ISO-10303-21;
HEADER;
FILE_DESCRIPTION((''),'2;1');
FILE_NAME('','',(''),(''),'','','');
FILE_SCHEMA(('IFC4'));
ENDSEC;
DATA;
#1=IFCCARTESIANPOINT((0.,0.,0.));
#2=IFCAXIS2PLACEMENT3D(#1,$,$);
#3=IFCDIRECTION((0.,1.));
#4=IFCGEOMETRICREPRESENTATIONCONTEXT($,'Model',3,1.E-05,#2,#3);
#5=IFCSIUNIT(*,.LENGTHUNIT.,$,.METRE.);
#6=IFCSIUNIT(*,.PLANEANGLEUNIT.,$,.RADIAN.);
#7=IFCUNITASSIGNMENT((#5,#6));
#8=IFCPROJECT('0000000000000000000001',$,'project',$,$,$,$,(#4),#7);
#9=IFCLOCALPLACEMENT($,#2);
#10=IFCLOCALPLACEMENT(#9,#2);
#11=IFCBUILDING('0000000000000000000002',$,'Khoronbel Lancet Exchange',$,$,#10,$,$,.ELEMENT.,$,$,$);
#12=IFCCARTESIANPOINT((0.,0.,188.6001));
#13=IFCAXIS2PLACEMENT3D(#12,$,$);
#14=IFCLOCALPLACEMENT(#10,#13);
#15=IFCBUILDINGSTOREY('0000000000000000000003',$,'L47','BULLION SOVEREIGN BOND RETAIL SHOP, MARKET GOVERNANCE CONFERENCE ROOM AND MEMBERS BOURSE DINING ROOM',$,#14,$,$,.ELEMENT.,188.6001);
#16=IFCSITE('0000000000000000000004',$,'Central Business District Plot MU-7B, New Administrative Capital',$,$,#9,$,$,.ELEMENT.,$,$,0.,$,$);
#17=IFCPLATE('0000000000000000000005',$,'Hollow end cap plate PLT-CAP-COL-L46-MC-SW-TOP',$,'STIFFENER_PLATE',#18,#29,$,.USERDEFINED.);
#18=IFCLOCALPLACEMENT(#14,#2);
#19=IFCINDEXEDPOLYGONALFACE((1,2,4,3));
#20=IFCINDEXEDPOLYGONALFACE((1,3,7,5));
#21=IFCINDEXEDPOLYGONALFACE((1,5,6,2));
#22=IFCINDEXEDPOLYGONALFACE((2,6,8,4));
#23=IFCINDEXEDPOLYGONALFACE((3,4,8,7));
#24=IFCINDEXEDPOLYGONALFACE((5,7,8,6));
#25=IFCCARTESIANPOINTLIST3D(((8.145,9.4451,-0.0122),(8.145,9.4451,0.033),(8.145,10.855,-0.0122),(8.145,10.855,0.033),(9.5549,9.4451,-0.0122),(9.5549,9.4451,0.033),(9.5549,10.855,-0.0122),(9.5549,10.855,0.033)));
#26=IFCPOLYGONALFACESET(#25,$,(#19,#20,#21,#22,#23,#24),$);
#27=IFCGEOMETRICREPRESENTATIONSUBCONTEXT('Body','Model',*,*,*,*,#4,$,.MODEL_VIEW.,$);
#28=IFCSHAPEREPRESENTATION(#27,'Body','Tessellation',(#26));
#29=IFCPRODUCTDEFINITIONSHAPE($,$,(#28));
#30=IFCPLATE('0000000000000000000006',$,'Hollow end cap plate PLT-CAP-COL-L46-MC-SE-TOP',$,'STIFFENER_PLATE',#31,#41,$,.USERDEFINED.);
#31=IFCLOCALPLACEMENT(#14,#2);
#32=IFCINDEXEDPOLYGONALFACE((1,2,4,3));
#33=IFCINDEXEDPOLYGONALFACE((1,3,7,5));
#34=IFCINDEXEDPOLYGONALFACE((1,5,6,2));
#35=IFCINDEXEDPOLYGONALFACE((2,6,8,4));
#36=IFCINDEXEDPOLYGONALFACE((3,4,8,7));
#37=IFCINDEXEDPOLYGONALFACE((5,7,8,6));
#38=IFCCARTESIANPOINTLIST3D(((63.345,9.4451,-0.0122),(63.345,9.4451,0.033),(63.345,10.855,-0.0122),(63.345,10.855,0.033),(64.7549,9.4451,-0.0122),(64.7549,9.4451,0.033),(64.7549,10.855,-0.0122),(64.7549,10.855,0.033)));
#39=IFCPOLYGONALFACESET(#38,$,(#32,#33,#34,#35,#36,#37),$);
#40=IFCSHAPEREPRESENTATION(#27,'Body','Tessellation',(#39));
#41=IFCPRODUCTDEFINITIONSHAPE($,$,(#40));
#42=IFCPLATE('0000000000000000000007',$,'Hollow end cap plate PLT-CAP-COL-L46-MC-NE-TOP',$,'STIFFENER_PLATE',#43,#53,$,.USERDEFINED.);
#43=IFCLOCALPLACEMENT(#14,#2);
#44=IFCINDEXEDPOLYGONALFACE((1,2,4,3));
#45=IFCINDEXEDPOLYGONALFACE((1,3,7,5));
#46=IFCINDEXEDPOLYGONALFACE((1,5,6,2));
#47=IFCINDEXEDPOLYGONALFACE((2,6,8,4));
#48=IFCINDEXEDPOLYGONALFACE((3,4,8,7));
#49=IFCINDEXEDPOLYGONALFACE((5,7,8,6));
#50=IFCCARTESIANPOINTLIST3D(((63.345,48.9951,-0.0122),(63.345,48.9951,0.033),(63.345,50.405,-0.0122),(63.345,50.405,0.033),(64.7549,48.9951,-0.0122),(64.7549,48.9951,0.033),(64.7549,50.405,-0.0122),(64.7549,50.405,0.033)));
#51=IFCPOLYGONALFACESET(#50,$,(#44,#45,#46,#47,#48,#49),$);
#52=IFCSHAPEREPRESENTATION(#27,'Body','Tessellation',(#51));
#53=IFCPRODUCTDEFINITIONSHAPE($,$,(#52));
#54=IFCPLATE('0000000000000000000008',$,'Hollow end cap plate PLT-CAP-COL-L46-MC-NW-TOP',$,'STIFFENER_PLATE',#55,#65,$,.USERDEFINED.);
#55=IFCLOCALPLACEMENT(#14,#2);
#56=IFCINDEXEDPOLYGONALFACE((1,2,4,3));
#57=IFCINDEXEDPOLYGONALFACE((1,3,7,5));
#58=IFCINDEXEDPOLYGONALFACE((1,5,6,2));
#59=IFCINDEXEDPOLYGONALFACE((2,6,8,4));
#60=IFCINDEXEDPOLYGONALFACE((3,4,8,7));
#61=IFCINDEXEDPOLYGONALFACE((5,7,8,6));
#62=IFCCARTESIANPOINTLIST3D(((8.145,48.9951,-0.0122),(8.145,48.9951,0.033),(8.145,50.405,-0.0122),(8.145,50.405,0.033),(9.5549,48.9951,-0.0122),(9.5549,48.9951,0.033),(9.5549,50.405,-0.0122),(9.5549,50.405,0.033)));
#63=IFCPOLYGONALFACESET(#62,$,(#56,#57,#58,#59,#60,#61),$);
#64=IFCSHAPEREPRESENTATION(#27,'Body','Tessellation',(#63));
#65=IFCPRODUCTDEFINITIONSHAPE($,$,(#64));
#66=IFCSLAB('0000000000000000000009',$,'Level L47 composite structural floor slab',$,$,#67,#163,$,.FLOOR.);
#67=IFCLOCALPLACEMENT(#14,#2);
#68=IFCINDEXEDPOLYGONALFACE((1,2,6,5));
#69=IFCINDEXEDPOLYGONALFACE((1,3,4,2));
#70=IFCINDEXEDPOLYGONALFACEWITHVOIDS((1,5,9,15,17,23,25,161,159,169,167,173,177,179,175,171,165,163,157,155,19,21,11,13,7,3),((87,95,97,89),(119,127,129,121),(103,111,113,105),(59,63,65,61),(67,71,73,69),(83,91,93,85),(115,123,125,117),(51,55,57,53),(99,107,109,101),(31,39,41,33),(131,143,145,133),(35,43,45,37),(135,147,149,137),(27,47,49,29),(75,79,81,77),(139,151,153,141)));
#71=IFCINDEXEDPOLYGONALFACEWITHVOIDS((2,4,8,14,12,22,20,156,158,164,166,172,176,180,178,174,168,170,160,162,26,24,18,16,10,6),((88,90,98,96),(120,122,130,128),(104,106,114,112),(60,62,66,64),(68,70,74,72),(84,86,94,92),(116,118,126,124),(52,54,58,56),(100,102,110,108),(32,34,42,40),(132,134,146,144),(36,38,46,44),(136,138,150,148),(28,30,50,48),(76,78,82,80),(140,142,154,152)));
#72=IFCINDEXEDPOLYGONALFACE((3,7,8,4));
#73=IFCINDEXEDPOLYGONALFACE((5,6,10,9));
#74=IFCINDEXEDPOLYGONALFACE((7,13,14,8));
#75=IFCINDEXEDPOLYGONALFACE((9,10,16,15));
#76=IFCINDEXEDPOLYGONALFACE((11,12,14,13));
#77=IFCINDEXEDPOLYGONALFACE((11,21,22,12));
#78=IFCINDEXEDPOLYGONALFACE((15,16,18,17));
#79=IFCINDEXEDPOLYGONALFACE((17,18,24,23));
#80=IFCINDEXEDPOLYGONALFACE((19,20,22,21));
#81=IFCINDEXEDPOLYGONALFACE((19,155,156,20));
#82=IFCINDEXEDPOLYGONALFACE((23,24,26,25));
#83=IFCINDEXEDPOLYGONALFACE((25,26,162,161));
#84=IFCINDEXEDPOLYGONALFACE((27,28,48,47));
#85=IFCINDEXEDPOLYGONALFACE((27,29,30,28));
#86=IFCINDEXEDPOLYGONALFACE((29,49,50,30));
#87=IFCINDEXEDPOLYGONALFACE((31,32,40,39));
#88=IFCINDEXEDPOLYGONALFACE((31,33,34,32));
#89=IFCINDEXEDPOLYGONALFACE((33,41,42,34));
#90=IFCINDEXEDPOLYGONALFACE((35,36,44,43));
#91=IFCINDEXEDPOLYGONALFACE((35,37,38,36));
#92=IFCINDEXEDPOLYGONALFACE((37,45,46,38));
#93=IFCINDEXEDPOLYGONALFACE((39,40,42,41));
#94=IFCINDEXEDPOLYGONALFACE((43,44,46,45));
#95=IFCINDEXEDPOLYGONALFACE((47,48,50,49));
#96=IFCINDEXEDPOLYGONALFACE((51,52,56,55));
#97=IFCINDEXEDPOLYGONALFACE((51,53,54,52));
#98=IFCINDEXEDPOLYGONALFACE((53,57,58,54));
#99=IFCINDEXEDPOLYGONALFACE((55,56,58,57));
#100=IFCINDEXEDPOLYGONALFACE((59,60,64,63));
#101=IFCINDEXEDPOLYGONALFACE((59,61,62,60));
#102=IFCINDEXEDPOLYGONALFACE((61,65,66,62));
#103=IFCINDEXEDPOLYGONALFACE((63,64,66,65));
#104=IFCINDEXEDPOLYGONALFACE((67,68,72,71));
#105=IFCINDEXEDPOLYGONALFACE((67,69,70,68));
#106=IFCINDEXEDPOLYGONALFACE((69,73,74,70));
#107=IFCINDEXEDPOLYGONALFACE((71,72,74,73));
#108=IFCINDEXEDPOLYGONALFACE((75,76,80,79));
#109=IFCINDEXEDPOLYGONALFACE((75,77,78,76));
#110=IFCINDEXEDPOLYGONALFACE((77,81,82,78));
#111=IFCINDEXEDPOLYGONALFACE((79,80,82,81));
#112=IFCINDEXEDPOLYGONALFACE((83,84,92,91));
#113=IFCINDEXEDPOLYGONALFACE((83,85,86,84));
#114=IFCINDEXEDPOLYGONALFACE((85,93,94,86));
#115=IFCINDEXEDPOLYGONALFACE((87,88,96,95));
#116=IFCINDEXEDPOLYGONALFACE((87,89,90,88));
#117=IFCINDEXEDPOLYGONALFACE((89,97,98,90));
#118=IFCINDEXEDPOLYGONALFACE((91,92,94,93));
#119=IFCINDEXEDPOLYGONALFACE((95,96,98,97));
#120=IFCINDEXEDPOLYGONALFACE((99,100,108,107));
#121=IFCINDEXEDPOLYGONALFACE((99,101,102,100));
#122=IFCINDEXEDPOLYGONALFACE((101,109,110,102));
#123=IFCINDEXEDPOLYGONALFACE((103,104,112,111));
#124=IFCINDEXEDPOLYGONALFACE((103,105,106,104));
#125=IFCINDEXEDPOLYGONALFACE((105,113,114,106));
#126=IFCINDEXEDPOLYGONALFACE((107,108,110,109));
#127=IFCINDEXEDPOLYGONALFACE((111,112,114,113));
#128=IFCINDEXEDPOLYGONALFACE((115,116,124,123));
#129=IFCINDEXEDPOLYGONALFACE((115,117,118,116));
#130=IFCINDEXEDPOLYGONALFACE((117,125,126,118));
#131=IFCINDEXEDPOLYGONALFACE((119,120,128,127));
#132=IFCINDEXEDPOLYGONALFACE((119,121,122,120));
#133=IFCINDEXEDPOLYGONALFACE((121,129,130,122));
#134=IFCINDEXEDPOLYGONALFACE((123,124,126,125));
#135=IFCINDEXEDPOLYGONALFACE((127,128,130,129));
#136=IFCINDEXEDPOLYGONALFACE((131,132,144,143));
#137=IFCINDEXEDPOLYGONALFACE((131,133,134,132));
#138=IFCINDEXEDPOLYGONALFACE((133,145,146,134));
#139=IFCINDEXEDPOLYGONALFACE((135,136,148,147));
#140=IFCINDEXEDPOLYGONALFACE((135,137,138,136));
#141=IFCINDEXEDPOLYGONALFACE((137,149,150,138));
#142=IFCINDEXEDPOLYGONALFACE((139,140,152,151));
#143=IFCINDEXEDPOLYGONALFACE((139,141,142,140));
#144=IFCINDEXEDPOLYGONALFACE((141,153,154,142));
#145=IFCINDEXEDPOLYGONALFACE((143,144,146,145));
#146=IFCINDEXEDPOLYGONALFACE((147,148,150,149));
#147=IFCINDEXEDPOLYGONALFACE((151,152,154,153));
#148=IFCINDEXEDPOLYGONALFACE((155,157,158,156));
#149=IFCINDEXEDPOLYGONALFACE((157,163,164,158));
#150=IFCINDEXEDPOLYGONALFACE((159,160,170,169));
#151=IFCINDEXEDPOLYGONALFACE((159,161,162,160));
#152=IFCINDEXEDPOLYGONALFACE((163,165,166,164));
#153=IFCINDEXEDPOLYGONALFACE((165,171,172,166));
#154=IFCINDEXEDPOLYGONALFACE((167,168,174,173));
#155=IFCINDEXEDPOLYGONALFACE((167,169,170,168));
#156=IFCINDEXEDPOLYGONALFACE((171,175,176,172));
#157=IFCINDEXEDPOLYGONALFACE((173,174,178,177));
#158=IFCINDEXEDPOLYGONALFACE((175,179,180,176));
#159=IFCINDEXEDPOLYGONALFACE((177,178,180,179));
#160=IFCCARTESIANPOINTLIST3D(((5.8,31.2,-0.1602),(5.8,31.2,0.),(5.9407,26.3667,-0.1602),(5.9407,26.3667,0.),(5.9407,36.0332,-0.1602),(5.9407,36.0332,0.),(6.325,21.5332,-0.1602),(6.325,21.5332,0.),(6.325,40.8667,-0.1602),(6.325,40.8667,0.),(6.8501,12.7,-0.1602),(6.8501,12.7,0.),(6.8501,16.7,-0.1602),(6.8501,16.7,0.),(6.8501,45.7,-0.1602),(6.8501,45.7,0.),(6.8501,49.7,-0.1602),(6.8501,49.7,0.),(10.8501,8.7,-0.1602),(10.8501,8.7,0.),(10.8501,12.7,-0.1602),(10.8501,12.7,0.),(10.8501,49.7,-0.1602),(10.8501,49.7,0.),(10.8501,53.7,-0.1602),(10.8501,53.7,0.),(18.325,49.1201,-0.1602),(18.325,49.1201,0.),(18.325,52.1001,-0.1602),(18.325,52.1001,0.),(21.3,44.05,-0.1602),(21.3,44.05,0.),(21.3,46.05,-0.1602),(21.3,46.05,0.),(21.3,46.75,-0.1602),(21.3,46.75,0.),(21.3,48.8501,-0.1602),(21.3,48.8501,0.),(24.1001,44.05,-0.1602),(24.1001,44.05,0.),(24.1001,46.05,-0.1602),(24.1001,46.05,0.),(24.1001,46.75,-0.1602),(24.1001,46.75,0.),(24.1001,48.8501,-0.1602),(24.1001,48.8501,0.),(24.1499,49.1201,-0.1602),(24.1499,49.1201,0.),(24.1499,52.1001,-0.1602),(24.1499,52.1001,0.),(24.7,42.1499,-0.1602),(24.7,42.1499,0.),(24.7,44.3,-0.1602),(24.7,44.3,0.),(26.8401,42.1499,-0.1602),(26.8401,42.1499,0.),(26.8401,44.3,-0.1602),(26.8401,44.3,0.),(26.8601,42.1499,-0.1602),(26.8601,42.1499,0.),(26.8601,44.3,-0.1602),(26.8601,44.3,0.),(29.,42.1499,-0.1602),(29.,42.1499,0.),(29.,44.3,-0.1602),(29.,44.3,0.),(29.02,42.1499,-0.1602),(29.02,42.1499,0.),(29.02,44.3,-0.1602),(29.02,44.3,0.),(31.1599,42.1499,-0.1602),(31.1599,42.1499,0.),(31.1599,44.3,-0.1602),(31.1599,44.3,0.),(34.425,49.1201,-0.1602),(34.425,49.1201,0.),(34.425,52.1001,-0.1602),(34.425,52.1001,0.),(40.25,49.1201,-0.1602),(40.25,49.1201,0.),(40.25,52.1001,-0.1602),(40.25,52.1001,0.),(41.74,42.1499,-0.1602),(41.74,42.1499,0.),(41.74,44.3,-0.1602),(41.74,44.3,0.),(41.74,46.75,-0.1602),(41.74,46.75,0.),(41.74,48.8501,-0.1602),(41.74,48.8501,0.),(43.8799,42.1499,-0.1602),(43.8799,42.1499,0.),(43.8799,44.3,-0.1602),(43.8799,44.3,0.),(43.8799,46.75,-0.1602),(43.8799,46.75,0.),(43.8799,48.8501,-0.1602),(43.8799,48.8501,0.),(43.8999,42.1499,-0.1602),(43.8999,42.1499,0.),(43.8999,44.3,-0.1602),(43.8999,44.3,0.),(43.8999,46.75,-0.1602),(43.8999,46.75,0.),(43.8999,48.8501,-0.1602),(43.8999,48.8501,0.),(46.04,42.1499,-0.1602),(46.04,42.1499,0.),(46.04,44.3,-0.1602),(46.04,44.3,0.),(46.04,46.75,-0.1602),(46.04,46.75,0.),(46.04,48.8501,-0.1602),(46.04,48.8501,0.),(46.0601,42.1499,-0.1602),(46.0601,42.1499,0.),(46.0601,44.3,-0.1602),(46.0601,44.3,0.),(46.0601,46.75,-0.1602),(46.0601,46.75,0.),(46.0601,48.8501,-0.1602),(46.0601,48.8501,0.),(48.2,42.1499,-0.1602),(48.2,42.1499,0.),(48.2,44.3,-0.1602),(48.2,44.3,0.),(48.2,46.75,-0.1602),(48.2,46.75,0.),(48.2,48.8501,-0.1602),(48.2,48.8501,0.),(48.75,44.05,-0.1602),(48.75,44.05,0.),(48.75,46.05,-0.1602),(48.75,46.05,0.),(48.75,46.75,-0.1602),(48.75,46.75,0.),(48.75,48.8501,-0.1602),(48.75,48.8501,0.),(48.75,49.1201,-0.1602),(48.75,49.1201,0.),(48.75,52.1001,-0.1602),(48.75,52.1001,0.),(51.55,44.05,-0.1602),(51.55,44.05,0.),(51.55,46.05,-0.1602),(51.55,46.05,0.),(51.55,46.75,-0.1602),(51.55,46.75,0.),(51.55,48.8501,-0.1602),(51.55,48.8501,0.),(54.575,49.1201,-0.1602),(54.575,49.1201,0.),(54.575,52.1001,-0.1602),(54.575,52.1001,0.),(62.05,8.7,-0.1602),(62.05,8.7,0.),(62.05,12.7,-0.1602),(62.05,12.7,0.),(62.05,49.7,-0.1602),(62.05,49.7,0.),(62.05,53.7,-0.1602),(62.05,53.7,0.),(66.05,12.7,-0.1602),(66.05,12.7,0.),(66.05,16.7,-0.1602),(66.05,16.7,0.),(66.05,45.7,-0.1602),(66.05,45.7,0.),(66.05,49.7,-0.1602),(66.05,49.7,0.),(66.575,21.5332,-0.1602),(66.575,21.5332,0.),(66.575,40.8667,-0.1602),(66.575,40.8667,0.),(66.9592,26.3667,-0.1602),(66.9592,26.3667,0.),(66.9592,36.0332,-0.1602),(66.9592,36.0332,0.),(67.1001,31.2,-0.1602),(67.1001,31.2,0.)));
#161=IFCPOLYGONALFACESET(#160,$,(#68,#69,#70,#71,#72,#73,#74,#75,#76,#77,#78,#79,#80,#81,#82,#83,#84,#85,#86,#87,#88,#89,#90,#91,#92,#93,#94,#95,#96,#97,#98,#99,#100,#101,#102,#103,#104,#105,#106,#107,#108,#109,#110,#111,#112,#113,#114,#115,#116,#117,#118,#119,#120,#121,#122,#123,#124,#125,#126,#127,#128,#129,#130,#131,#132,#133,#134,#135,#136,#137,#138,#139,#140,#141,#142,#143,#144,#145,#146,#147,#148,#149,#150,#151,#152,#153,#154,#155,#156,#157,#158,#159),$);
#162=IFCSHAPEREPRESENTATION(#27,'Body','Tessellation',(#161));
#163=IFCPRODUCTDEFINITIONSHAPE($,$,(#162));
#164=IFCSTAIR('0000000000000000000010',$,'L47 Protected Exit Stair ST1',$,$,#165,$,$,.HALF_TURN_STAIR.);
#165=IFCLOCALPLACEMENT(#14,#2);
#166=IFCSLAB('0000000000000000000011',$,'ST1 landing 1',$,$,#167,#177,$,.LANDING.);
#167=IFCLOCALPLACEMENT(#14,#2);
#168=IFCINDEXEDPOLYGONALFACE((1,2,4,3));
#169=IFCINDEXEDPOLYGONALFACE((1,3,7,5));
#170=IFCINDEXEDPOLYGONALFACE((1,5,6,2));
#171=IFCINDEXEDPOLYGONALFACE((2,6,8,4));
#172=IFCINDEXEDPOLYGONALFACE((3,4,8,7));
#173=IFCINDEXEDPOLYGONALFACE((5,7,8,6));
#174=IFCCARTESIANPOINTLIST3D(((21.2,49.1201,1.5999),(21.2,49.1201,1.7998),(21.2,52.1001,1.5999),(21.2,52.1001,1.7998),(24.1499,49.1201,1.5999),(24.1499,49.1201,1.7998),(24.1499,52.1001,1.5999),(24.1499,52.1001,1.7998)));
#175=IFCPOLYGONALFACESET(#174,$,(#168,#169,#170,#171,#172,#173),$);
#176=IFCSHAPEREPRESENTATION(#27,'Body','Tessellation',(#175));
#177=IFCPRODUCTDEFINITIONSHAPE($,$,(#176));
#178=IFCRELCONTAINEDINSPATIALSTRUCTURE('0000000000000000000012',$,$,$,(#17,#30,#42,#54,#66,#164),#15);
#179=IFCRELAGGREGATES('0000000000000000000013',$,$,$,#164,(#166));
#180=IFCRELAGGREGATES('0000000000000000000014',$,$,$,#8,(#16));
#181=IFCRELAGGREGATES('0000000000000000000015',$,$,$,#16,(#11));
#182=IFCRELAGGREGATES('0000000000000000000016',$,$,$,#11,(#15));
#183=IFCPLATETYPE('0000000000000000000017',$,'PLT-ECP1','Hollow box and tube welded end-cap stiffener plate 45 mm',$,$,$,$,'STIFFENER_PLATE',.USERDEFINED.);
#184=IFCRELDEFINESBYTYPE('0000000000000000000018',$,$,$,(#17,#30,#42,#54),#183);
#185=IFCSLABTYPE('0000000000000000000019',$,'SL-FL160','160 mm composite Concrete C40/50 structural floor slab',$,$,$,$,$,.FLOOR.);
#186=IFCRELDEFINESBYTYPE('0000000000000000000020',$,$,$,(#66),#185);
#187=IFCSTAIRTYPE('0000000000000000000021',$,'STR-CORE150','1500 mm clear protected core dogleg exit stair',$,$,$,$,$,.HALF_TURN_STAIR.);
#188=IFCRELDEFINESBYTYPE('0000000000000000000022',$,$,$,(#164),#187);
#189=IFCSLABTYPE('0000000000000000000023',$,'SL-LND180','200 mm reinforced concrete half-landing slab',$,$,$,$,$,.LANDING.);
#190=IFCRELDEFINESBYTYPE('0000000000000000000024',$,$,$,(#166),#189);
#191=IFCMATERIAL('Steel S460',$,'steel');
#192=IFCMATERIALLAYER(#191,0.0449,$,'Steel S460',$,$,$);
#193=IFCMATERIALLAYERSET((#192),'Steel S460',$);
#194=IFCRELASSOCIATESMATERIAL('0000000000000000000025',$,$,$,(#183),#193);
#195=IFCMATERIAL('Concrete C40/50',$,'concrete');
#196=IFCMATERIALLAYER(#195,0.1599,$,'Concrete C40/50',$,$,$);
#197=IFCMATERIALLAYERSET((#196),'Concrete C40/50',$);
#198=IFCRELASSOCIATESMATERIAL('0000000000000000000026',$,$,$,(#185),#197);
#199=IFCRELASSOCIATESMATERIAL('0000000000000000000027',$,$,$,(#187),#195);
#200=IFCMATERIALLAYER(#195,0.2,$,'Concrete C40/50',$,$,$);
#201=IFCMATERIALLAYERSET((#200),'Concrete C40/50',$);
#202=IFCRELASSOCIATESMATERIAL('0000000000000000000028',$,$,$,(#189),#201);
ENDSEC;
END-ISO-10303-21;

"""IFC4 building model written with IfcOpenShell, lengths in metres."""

from ifc_helpers import new_model, si_unit, direction, frame, origin, place, context, subcontext, project, spatial, polyline, outline, extrude, material, layer, layer_set, type_object, element, aggregate, save


model = new_model("IFC4")

# Units and contexts
model_context = context("Model", 3, precision=1e-05, world=origin(), true_north=direction((0.0, 1.0)))
body_context = subcontext(model_context, "Body", "Model", "MODEL_VIEW")
ifc_project = project(units=[si_unit("LENGTHUNIT", "METRE"), si_unit("PLANEANGLEUNIT", "RADIAN")], contexts=[model_context])

# Site, building, storey
site_placement = place(None, origin())
site = spatial("IfcSite", under=ifc_project, at=site_placement, Name="Central Business District Plot MU-7B, New Administrative Capital", CompositionType="ELEMENT", RefElevation=0.0)
building_placement = place(site_placement, origin())
building = spatial("IfcBuilding", under=site, at=building_placement, Name="Khoronbel Lancet Exchange", CompositionType="ELEMENT")
storey_placement = place(building_placement, frame((0.0, 0.0, 188.6001)))
storey = spatial("IfcBuildingStorey", under=building, at=storey_placement, Name="L47", Description="BULLION SOVEREIGN BOND RETAIL SHOP, MARKET GOVERNANCE CONFERENCE ROOM AND MEMBERS BOURSE DINING ROOM", CompositionType="ELEMENT", Elevation=188.6001)

# Shared definitions
ifc_material_1 = material(Name="Steel S460", Category="steel")

# Plates
ifc_layer_1 = layer(ifc_material_1, 0.0449, Name="Steel S460")
ifc_layer_set_1 = layer_set([ifc_layer_1], Name="Steel S460")
plate_type_1 = type_object("IfcPlateType", Name="PLT-ECP1", Description="Hollow box and tube welded end-cap stiffener plate 45 mm", ElementType="STIFFENER_PLATE", PredefinedType="USERDEFINED", material=ifc_layer_set_1)
plate_1_placement = place(storey_placement, frame((0.0, 0.0, -0.0122)))
element("IfcPlate", 1, at=plate_1_placement, inside=storey, type_object=plate_type_1, Name="Hollow end cap plate PLT-CAP-COL-L46-MC-SW-TOP", ObjectType="STIFFENER_PLATE", PredefinedType="USERDEFINED", context=body_context, shape_type="SweptSolid", body=[
    extrude(outline(polyline([(8.145, 9.4451), (9.5549, 9.4451), (9.5549, 10.855), (8.145, 10.855), (8.145, 9.4451)])), origin(), (0.0, 0.0, 1.0), 0.0452),
])
plate_2_placement = place(storey_placement, frame((0.0, 0.0, -0.0122)))
element("IfcPlate", 2, at=plate_2_placement, inside=storey, type_object=plate_type_1, Name="Hollow end cap plate PLT-CAP-COL-L46-MC-SE-TOP", ObjectType="STIFFENER_PLATE", PredefinedType="USERDEFINED", context=body_context, shape_type="SweptSolid", body=[
    extrude(outline(polyline([(63.345, 9.4451), (64.7549, 9.4451), (64.7549, 10.855), (63.345, 10.855), (63.345, 9.4451)])), origin(), (0.0, 0.0, 1.0), 0.0452),
])
plate_3_placement = place(storey_placement, frame((0.0, 0.0, -0.0122)))
element("IfcPlate", 3, at=plate_3_placement, inside=storey, type_object=plate_type_1, Name="Hollow end cap plate PLT-CAP-COL-L46-MC-NE-TOP", ObjectType="STIFFENER_PLATE", PredefinedType="USERDEFINED", context=body_context, shape_type="SweptSolid", body=[
    extrude(outline(polyline([(63.345, 48.9951), (64.7549, 48.9951), (64.7549, 50.405), (63.345, 50.405), (63.345, 48.9951)])), origin(), (0.0, 0.0, 1.0), 0.0452),
])
plate_4_placement = place(storey_placement, frame((0.0, 0.0, -0.0122)))
element("IfcPlate", 4, at=plate_4_placement, inside=storey, type_object=plate_type_1, Name="Hollow end cap plate PLT-CAP-COL-L46-MC-NW-TOP", ObjectType="STIFFENER_PLATE", PredefinedType="USERDEFINED", context=body_context, shape_type="SweptSolid", body=[
    extrude(outline(polyline([(8.145, 48.9951), (9.5549, 48.9951), (9.5549, 50.405), (8.145, 50.405), (8.145, 48.9951)])), origin(), (0.0, 0.0, 1.0), 0.0452),
])

# Slab
ifc_material_2 = material(Name="Concrete C40/50", Category="concrete")
ifc_layer_2 = layer(ifc_material_2, 0.1599, Name="Concrete C40/50")
ifc_layer_set_2 = layer_set([ifc_layer_2], Name="Concrete C40/50")
slab_type_1 = type_object("IfcSlabType", Name="SL-FL160", Description="160 mm composite Concrete C40/50 structural floor slab", PredefinedType="FLOOR", material=ifc_layer_set_2)
slab_1_placement = place(storey_placement, frame((0.0, 0.0, -0.1602)))
element("IfcSlab", 5, at=slab_1_placement, inside=storey, type_object=slab_type_1, Name="Level L47 composite structural floor slab", PredefinedType="FLOOR", context=body_context, shape_type="SweptSolid", body=[
    extrude(outline(polyline([(10.8501, 8.7), (62.05, 8.7), (62.05, 12.7), (66.05, 12.7), (66.05, 16.7), (66.575, 21.5332), (66.9592, 26.3667), (67.1001, 31.2), (66.9592, 36.0332), (66.575, 40.8667), (66.05, 45.7), (66.05, 49.7), (62.05, 49.7), (62.05, 53.7), (10.8501, 53.7), (10.8501, 49.7), (6.8501, 49.7), (6.8501, 45.7), (6.325, 40.8667), (5.9407, 36.0332), (5.8, 31.2), (5.9407, 26.3667), (6.325, 21.5332), (6.8501, 16.7), (6.8501, 12.7), (10.8501, 12.7), (10.8501, 8.7)]), holes=[polyline([(18.325, 49.1201), (24.1499, 49.1201), (24.1499, 52.1001), (18.325, 52.1001), (18.325, 49.1201)]), polyline([(48.75, 49.1201), (54.575, 49.1201), (54.575, 52.1001), (48.75, 52.1001), (48.75, 49.1201)]), polyline([(34.425, 49.1201), (40.25, 49.1201), (40.25, 52.1001), (34.425, 52.1001), (34.425, 49.1201)]), polyline([(24.7, 42.1499), (26.8401, 42.1499), (26.8401, 44.3), (24.7, 44.3), (24.7, 42.1499)]), polyline([(26.8601, 42.1499), (29.0, 42.1499), (29.0, 44.3), (26.8601, 44.3), (26.8601, 42.1499)]), polyline([(29.02, 42.1499), (31.1599, 42.1499), (31.1599, 44.3), (29.02, 44.3), (29.02, 42.1499)]), polyline([(41.74, 46.75), (43.8799, 46.75), (43.8799, 48.8501), (41.74, 48.8501), (41.74, 46.75)]), polyline([(43.8999, 46.75), (46.04, 46.75), (46.04, 48.8501), (43.8999, 48.8501), (43.8999, 46.75)]), polyline([(46.0601, 46.75), (48.2, 46.75), (48.2, 48.8501), (46.0601, 48.8501), (46.0601, 46.75)]), polyline([(41.74, 42.1499), (43.8799, 42.1499), (43.8799, 44.3), (41.74, 44.3), (41.74, 42.1499)]), polyline([(43.8999, 42.1499), (46.04, 42.1499), (46.04, 44.3), (43.8999, 44.3), (43.8999, 42.1499)]), polyline([(46.0601, 42.1499), (48.2, 42.1499), (48.2, 44.3), (46.0601, 44.3), (46.0601, 42.1499)]), polyline([(21.3, 46.75), (24.1001, 46.75), (24.1001, 48.8501), (21.3, 48.8501), (21.3, 46.75)]), polyline([(48.75, 46.75), (51.55, 46.75), (51.55, 48.8501), (48.75, 48.8501), (48.75, 46.75)]), polyline([(21.3, 44.05), (24.1001, 44.05), (24.1001, 46.05), (21.3, 46.05), (21.3, 44.05)]), polyline([(48.75, 44.05), (51.55, 44.05), (51.55, 46.05), (48.75, 46.05), (48.75, 44.05)])]), origin(), (0.0, 0.0, 1.0), 0.1602),
])

# Stair, slab
stair_type = type_object("IfcStairType", Name="STR-CORE150", Description="1500 mm clear protected core dogleg exit stair", PredefinedType="HALF_TURN_STAIR", material=ifc_material_2)
stair_1_placement = place(storey_placement, origin())
stair_1 = element("IfcStair", 6, at=stair_1_placement, inside=storey, type_object=stair_type, Name="L47 Protected Exit Stair ST1", PredefinedType="HALF_TURN_STAIR")
ifc_layer_3 = layer(ifc_material_2, 0.2, Name="Concrete C40/50")
ifc_layer_set_3 = layer_set([ifc_layer_3], Name="Concrete C40/50")
slab_type_2 = type_object("IfcSlabType", Name="SL-LND180", Description="200 mm reinforced concrete half-landing slab", PredefinedType="LANDING", material=ifc_layer_set_3)
slab_2_placement = place(storey_placement, frame((0.0, 0.0, 1.5999)))
slab_2 = element("IfcSlab", 7, at=slab_2_placement, type_object=slab_type_2, Name="ST1 landing 1", PredefinedType="LANDING", context=body_context, shape_type="SweptSolid", body=[
    extrude(outline(polyline([(21.2, 49.1201), (24.1499, 49.1201), (24.1499, 52.1001), (21.2, 52.1001), (21.2, 49.1201)])), origin(), (0.0, 0.0, 1.0), 0.2),
])
aggregate(stair_1, [slab_2])

save(model, "model.ifc")
